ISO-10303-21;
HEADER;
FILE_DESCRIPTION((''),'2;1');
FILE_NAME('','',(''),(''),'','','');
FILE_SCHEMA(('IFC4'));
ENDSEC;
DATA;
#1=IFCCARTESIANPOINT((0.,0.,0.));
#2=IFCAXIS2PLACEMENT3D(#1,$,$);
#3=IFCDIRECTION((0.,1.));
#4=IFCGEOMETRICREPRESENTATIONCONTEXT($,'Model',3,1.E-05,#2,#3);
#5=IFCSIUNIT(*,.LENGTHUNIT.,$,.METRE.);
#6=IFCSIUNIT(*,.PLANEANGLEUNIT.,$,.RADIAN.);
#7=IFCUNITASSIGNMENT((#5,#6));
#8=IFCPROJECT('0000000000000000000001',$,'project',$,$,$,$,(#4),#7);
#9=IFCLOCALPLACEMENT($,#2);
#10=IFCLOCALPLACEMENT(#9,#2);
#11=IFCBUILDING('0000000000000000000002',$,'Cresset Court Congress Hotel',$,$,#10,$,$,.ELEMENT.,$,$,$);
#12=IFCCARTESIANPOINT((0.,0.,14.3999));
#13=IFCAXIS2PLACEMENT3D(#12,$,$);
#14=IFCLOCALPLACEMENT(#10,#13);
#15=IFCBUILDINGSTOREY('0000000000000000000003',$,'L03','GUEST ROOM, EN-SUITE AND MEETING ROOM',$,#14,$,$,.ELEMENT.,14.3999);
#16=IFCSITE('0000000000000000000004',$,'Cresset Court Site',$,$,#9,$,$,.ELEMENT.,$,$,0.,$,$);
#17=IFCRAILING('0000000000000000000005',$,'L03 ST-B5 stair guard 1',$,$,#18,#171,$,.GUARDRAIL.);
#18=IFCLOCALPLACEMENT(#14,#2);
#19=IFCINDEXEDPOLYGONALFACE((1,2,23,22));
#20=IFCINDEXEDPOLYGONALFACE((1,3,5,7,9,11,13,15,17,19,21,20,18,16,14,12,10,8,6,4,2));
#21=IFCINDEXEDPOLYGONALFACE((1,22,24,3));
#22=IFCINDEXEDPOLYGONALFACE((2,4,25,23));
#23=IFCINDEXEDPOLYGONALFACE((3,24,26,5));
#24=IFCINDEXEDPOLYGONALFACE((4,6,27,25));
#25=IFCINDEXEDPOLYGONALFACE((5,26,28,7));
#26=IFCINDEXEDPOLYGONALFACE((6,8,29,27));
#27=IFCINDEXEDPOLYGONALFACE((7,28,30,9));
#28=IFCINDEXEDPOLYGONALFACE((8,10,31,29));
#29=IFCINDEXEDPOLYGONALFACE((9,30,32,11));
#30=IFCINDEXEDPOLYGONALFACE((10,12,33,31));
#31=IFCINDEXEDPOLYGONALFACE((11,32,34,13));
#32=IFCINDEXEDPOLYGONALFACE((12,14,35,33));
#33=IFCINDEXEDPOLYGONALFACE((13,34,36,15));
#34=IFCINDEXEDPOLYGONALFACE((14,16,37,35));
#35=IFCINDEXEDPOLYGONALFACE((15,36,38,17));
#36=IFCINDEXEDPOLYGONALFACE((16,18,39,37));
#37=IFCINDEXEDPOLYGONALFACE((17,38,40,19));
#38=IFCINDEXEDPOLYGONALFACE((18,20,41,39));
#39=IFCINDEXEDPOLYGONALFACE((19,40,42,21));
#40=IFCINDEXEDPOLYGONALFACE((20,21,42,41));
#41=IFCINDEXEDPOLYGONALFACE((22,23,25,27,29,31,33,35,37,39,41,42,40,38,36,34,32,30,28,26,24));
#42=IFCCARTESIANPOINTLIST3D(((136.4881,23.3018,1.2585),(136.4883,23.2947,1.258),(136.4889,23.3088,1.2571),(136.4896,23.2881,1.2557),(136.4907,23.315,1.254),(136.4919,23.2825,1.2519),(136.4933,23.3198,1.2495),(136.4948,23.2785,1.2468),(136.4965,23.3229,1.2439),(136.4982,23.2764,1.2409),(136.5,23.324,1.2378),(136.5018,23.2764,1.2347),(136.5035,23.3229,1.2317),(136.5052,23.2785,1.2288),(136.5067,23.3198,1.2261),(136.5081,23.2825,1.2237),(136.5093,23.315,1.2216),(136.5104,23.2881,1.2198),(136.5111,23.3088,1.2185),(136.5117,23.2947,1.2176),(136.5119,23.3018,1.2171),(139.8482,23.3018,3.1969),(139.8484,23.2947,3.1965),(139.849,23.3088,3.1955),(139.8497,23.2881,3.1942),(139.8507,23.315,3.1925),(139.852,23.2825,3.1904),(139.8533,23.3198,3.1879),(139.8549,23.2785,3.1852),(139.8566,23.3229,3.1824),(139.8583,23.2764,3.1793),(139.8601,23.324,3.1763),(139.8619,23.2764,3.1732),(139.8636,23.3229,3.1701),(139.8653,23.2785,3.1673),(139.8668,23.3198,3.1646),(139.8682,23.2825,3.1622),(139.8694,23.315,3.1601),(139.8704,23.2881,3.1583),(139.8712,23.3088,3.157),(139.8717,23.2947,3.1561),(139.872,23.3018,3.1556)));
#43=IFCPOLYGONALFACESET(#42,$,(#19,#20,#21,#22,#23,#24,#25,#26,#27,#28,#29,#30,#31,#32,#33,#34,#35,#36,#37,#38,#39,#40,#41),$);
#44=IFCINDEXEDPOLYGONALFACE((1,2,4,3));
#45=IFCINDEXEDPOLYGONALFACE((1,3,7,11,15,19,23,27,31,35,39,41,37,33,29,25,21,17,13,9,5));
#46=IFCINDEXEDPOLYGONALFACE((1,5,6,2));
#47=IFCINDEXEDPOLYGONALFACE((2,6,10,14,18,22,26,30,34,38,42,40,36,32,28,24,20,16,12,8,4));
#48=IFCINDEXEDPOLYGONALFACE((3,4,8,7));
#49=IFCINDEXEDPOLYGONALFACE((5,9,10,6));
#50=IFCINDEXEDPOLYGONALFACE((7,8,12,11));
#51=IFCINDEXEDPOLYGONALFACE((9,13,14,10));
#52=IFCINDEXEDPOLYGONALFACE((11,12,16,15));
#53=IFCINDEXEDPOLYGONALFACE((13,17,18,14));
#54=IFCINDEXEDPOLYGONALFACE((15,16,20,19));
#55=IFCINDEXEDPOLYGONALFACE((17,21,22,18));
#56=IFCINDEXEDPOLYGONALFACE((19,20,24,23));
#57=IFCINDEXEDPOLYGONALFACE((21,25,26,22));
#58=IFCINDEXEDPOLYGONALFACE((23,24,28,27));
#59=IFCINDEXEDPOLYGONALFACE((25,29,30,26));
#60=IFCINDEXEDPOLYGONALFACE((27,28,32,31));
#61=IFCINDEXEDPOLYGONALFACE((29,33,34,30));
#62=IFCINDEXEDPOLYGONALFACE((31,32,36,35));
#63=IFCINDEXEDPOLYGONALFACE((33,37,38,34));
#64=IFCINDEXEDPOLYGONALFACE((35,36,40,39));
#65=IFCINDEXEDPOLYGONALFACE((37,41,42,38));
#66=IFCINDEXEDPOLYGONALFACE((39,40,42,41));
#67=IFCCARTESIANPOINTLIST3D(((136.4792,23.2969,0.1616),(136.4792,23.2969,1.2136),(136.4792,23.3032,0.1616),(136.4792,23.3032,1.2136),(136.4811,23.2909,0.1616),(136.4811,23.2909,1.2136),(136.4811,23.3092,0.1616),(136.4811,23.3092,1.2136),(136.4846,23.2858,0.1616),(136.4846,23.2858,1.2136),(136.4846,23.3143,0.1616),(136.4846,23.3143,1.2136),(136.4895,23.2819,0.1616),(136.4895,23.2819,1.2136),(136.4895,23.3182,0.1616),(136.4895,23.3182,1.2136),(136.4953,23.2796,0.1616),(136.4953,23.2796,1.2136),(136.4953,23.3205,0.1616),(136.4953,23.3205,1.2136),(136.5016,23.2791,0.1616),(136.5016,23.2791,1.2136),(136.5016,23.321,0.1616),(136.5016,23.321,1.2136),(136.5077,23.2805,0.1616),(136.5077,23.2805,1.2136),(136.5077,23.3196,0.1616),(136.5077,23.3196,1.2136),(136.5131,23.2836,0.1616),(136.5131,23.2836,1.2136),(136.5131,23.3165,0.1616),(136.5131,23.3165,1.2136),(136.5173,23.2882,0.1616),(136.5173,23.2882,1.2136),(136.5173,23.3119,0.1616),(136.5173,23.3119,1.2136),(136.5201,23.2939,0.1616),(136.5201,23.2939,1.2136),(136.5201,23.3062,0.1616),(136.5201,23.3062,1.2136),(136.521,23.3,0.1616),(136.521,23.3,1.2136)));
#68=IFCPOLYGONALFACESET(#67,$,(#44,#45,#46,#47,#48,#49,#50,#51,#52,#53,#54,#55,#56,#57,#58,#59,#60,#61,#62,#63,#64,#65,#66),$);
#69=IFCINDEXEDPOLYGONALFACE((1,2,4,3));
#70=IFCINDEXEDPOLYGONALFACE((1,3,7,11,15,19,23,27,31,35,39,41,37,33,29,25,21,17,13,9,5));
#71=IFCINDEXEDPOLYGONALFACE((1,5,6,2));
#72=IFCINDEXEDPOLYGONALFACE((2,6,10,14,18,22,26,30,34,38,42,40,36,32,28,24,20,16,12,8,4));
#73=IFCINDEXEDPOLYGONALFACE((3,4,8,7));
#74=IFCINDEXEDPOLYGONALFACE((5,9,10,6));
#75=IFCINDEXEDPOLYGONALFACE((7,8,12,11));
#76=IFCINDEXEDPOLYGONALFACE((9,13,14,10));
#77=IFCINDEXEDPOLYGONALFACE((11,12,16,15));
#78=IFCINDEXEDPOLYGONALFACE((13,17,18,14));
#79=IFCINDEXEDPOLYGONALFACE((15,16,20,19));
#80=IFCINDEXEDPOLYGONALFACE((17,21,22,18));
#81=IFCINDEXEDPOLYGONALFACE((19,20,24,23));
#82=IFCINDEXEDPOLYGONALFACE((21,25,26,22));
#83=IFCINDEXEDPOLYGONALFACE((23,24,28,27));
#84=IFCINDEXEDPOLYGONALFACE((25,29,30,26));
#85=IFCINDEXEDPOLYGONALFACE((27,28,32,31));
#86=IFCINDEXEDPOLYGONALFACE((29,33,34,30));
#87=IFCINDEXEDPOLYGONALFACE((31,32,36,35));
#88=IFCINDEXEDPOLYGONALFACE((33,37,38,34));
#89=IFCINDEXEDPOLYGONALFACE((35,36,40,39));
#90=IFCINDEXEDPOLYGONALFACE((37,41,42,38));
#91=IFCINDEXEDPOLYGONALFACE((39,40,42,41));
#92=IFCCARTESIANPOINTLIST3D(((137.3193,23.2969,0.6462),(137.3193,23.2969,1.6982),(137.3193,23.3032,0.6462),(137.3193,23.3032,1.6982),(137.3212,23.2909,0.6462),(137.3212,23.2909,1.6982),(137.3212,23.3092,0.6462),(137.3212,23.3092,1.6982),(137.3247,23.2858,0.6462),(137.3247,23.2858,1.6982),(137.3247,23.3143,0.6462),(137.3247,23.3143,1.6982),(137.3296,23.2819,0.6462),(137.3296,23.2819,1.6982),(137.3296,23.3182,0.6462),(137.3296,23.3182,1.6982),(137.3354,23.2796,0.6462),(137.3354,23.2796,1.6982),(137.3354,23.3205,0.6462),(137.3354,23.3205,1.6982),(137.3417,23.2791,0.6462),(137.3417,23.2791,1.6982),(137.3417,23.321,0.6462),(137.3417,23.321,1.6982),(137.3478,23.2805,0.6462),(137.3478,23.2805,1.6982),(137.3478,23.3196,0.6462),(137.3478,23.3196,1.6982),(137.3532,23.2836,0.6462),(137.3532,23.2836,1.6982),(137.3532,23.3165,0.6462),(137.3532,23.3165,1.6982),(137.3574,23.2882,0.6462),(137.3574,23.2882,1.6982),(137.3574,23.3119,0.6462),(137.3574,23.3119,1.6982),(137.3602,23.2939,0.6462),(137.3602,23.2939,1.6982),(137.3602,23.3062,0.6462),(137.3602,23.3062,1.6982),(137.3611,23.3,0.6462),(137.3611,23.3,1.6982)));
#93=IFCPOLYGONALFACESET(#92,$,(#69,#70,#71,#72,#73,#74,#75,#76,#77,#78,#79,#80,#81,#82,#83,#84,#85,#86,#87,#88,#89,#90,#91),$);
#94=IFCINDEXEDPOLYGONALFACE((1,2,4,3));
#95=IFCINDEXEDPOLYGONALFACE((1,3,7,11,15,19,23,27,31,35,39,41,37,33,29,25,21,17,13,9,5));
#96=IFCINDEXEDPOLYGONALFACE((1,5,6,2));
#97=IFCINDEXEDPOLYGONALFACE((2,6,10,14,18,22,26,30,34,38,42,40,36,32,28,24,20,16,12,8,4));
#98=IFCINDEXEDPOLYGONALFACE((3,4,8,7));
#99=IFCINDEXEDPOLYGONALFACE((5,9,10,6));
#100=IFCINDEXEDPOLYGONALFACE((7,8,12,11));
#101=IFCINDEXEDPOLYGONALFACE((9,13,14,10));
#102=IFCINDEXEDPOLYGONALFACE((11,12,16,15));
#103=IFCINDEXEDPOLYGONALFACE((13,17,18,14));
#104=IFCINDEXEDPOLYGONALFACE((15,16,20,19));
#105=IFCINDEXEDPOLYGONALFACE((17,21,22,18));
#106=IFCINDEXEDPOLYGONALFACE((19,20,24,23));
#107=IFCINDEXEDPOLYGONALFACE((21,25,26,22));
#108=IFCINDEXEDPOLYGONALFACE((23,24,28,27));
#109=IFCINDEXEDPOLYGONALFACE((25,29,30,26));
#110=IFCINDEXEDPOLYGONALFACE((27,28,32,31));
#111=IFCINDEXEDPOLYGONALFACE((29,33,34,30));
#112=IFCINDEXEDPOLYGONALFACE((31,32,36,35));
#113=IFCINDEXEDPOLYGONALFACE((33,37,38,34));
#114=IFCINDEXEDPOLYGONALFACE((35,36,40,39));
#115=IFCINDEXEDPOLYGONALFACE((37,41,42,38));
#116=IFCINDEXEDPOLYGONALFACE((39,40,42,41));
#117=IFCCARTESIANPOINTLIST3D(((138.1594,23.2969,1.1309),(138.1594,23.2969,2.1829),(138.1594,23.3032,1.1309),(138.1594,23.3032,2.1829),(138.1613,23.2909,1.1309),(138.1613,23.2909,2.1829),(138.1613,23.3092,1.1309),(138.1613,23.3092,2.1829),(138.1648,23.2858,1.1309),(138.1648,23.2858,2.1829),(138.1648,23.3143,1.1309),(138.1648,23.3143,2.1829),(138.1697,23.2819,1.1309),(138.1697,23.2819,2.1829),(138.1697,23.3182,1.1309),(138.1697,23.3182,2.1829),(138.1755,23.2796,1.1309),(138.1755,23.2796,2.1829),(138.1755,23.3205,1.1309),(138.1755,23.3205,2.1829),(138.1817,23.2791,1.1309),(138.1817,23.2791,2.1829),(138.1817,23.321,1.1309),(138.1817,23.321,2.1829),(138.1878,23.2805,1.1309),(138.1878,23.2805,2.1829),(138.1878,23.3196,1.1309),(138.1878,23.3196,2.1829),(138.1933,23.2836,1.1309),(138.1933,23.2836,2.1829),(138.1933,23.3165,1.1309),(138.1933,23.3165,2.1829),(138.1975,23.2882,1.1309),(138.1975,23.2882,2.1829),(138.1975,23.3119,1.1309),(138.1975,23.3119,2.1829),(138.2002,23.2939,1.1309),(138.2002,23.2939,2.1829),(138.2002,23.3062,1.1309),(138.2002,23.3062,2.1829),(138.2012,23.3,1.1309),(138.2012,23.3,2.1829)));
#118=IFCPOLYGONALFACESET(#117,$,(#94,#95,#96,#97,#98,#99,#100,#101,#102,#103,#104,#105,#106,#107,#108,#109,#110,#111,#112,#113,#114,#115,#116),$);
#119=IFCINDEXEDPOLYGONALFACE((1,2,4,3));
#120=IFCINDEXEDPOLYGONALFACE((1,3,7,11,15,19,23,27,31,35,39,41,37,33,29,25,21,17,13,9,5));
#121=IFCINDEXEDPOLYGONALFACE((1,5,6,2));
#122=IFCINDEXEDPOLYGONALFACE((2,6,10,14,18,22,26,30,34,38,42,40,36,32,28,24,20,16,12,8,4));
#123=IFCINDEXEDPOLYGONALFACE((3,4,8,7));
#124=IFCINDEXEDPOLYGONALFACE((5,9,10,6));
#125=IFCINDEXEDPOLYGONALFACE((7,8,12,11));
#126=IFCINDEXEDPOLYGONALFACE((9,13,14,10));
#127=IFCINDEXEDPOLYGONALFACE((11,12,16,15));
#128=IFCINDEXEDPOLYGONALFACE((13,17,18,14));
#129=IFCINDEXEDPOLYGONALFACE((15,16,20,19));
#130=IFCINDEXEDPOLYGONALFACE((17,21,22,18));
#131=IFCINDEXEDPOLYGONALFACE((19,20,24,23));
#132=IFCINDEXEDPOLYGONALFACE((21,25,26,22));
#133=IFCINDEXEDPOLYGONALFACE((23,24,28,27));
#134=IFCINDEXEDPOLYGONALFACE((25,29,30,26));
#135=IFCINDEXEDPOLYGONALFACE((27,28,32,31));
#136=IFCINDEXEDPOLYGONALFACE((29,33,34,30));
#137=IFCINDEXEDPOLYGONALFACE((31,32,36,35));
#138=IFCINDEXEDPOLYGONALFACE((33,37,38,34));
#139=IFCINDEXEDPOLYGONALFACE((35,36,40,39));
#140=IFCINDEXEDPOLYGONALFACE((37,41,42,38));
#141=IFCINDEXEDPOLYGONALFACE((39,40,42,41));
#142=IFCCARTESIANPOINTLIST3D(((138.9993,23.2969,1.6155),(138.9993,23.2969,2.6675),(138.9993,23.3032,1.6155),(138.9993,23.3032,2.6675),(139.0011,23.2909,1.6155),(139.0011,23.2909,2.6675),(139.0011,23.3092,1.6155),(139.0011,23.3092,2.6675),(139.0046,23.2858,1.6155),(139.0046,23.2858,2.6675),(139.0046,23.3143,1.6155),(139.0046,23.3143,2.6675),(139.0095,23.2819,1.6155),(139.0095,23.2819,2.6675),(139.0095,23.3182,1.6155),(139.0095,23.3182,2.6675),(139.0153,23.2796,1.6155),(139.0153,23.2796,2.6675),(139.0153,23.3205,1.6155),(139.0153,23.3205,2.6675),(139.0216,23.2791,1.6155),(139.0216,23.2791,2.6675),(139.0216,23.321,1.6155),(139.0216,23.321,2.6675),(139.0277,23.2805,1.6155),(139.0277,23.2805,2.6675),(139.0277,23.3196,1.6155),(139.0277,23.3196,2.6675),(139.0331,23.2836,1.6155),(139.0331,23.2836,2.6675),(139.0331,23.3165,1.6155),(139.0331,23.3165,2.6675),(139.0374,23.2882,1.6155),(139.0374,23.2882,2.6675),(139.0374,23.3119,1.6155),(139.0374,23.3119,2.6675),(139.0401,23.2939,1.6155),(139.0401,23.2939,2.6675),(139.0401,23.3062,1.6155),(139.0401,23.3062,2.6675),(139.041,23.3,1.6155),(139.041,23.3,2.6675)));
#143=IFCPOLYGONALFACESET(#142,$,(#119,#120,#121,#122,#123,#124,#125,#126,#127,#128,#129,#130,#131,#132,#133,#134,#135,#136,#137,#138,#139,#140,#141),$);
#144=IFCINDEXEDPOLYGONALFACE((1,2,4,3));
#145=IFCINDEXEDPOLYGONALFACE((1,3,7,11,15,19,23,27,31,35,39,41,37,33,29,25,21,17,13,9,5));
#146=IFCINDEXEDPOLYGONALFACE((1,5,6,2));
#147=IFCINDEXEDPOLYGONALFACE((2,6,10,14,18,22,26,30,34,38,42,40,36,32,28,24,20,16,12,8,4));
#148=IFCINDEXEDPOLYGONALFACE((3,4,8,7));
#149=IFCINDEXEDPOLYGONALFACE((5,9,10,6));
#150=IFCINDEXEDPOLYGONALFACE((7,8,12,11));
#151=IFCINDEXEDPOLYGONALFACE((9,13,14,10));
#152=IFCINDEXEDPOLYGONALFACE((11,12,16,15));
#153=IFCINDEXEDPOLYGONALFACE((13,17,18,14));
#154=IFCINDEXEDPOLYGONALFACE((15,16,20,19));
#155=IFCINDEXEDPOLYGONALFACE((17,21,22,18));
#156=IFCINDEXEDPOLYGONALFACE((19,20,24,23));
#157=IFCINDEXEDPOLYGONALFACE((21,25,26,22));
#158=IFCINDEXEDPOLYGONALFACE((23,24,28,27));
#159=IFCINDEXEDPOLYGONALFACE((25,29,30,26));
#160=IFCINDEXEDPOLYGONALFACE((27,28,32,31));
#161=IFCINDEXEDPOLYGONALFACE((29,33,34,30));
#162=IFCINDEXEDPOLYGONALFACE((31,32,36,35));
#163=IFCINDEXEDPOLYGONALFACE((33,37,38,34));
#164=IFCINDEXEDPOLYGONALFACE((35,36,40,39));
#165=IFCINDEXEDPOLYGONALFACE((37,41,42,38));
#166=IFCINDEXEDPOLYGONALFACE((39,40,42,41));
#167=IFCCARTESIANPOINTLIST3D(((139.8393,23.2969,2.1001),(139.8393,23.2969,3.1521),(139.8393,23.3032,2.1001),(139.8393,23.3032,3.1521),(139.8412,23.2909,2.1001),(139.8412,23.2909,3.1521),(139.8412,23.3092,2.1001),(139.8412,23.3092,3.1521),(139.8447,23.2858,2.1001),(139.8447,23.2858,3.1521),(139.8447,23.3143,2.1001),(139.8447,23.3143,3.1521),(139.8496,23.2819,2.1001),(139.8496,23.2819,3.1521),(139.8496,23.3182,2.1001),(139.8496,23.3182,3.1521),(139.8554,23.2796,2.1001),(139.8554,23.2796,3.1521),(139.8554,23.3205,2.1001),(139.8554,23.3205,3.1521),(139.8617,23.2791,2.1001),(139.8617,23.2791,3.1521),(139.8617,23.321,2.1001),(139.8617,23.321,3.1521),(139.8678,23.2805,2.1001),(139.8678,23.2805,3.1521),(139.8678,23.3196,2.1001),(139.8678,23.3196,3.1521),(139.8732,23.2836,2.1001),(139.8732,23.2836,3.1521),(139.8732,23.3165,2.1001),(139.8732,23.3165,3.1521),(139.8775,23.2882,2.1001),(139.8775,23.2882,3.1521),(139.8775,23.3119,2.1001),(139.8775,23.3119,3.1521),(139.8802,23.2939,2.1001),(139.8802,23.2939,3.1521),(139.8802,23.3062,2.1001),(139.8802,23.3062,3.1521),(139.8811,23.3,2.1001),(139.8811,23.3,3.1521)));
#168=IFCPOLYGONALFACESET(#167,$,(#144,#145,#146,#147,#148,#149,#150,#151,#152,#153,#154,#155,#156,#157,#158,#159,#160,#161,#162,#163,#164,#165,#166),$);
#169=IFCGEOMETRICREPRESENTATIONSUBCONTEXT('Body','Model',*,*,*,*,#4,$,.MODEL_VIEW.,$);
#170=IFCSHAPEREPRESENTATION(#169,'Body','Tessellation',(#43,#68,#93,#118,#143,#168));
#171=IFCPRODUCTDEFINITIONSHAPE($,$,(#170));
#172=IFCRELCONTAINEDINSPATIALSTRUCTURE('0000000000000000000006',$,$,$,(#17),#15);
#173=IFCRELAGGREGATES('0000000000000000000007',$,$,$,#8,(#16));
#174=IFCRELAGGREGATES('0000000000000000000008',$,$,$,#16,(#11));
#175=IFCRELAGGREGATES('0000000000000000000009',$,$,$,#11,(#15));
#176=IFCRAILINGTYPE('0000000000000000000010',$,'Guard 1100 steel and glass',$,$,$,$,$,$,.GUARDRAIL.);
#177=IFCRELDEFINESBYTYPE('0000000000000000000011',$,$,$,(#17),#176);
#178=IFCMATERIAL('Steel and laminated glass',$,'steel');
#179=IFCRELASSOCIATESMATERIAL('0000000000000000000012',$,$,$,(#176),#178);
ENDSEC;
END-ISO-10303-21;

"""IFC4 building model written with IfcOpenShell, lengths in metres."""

from ifc_helpers import new_model, si_unit, direction, frame, origin, origin_2d, place, context, subcontext, project, spatial, circle, extrude, material, type_object, element, save


model = new_model("IFC4")

# Units and contexts
model_context = context("Model", 3, precision=1e-05, world=origin(), true_north=direction((0.0, 1.0)))
body_context = subcontext(model_context, "Body", "Model", "MODEL_VIEW")
ifc_project = project(units=[si_unit("LENGTHUNIT", "METRE"), si_unit("PLANEANGLEUNIT", "RADIAN")], contexts=[model_context])

# Site, building, storey
site_placement = place(None, origin())
site = spatial("IfcSite", under=ifc_project, at=site_placement, Name="Cresset Court Site", CompositionType="ELEMENT", RefElevation=0.0)
building_placement = place(site_placement, origin())
building = spatial("IfcBuilding", under=site, at=building_placement, Name="Cresset Court Congress Hotel", CompositionType="ELEMENT")
storey_placement = place(building_placement, frame((0.0, 0.0, 14.3999)))
storey = spatial("IfcBuildingStorey", under=building, at=storey_placement, Name="L03", Description="GUEST ROOM, EN-SUITE AND MEETING ROOM", CompositionType="ELEMENT", Elevation=14.3999)

# Railing
ifc_material_1 = material(Name="Steel and laminated glass", Category="steel")
railing_type_1 = type_object("IfcRailingType", Name="Guard 1100 steel and glass", PredefinedType="GUARDRAIL", material=ifc_material_1)
railing_1_placement = place(storey_placement, frame((136.5, 23.3, 0.1616)))
element("IfcRailing", 1, at=railing_1_placement, inside=storey, type_object=railing_type_1, Name="L03 ST-B5 stair guard 1", PredefinedType="GUARDRAIL", context=body_context, shape_type="SweptSolid", body=[
    extrude(circle(Radius=0.0239, at=origin_2d()), frame((0.0, 0.0, 1.0762), z_axis=(0.866191, 0.0, 0.499713), x_axis=(0.0, 1.0, 0.0)), (0.0, 0.0, 1.0), 3.8792),
    extrude(circle(Radius=0.021, at=origin_2d()), origin(), (0.0, 0.0, 1.0), 1.052),
    extrude(circle(Radius=0.021, at=origin_2d()), frame((0.8401, 0.0, 0.4846)), (0.0, 0.0, 1.0), 1.052),
    extrude(circle(Radius=0.021, at=origin_2d()), frame((1.6802, 0.0, 0.9692)), (0.0, 0.0, 1.0), 1.052),
    extrude(circle(Radius=0.021, at=origin_2d()), frame((2.52, 0.0, 1.4539)), (0.0, 0.0, 1.0), 1.052),
    extrude(circle(Radius=0.021, at=origin_2d()), frame((3.3601, 0.0, 1.9385)), (0.0, 0.0, 1.0), 1.052),
])

save(model, "model.ifc")
